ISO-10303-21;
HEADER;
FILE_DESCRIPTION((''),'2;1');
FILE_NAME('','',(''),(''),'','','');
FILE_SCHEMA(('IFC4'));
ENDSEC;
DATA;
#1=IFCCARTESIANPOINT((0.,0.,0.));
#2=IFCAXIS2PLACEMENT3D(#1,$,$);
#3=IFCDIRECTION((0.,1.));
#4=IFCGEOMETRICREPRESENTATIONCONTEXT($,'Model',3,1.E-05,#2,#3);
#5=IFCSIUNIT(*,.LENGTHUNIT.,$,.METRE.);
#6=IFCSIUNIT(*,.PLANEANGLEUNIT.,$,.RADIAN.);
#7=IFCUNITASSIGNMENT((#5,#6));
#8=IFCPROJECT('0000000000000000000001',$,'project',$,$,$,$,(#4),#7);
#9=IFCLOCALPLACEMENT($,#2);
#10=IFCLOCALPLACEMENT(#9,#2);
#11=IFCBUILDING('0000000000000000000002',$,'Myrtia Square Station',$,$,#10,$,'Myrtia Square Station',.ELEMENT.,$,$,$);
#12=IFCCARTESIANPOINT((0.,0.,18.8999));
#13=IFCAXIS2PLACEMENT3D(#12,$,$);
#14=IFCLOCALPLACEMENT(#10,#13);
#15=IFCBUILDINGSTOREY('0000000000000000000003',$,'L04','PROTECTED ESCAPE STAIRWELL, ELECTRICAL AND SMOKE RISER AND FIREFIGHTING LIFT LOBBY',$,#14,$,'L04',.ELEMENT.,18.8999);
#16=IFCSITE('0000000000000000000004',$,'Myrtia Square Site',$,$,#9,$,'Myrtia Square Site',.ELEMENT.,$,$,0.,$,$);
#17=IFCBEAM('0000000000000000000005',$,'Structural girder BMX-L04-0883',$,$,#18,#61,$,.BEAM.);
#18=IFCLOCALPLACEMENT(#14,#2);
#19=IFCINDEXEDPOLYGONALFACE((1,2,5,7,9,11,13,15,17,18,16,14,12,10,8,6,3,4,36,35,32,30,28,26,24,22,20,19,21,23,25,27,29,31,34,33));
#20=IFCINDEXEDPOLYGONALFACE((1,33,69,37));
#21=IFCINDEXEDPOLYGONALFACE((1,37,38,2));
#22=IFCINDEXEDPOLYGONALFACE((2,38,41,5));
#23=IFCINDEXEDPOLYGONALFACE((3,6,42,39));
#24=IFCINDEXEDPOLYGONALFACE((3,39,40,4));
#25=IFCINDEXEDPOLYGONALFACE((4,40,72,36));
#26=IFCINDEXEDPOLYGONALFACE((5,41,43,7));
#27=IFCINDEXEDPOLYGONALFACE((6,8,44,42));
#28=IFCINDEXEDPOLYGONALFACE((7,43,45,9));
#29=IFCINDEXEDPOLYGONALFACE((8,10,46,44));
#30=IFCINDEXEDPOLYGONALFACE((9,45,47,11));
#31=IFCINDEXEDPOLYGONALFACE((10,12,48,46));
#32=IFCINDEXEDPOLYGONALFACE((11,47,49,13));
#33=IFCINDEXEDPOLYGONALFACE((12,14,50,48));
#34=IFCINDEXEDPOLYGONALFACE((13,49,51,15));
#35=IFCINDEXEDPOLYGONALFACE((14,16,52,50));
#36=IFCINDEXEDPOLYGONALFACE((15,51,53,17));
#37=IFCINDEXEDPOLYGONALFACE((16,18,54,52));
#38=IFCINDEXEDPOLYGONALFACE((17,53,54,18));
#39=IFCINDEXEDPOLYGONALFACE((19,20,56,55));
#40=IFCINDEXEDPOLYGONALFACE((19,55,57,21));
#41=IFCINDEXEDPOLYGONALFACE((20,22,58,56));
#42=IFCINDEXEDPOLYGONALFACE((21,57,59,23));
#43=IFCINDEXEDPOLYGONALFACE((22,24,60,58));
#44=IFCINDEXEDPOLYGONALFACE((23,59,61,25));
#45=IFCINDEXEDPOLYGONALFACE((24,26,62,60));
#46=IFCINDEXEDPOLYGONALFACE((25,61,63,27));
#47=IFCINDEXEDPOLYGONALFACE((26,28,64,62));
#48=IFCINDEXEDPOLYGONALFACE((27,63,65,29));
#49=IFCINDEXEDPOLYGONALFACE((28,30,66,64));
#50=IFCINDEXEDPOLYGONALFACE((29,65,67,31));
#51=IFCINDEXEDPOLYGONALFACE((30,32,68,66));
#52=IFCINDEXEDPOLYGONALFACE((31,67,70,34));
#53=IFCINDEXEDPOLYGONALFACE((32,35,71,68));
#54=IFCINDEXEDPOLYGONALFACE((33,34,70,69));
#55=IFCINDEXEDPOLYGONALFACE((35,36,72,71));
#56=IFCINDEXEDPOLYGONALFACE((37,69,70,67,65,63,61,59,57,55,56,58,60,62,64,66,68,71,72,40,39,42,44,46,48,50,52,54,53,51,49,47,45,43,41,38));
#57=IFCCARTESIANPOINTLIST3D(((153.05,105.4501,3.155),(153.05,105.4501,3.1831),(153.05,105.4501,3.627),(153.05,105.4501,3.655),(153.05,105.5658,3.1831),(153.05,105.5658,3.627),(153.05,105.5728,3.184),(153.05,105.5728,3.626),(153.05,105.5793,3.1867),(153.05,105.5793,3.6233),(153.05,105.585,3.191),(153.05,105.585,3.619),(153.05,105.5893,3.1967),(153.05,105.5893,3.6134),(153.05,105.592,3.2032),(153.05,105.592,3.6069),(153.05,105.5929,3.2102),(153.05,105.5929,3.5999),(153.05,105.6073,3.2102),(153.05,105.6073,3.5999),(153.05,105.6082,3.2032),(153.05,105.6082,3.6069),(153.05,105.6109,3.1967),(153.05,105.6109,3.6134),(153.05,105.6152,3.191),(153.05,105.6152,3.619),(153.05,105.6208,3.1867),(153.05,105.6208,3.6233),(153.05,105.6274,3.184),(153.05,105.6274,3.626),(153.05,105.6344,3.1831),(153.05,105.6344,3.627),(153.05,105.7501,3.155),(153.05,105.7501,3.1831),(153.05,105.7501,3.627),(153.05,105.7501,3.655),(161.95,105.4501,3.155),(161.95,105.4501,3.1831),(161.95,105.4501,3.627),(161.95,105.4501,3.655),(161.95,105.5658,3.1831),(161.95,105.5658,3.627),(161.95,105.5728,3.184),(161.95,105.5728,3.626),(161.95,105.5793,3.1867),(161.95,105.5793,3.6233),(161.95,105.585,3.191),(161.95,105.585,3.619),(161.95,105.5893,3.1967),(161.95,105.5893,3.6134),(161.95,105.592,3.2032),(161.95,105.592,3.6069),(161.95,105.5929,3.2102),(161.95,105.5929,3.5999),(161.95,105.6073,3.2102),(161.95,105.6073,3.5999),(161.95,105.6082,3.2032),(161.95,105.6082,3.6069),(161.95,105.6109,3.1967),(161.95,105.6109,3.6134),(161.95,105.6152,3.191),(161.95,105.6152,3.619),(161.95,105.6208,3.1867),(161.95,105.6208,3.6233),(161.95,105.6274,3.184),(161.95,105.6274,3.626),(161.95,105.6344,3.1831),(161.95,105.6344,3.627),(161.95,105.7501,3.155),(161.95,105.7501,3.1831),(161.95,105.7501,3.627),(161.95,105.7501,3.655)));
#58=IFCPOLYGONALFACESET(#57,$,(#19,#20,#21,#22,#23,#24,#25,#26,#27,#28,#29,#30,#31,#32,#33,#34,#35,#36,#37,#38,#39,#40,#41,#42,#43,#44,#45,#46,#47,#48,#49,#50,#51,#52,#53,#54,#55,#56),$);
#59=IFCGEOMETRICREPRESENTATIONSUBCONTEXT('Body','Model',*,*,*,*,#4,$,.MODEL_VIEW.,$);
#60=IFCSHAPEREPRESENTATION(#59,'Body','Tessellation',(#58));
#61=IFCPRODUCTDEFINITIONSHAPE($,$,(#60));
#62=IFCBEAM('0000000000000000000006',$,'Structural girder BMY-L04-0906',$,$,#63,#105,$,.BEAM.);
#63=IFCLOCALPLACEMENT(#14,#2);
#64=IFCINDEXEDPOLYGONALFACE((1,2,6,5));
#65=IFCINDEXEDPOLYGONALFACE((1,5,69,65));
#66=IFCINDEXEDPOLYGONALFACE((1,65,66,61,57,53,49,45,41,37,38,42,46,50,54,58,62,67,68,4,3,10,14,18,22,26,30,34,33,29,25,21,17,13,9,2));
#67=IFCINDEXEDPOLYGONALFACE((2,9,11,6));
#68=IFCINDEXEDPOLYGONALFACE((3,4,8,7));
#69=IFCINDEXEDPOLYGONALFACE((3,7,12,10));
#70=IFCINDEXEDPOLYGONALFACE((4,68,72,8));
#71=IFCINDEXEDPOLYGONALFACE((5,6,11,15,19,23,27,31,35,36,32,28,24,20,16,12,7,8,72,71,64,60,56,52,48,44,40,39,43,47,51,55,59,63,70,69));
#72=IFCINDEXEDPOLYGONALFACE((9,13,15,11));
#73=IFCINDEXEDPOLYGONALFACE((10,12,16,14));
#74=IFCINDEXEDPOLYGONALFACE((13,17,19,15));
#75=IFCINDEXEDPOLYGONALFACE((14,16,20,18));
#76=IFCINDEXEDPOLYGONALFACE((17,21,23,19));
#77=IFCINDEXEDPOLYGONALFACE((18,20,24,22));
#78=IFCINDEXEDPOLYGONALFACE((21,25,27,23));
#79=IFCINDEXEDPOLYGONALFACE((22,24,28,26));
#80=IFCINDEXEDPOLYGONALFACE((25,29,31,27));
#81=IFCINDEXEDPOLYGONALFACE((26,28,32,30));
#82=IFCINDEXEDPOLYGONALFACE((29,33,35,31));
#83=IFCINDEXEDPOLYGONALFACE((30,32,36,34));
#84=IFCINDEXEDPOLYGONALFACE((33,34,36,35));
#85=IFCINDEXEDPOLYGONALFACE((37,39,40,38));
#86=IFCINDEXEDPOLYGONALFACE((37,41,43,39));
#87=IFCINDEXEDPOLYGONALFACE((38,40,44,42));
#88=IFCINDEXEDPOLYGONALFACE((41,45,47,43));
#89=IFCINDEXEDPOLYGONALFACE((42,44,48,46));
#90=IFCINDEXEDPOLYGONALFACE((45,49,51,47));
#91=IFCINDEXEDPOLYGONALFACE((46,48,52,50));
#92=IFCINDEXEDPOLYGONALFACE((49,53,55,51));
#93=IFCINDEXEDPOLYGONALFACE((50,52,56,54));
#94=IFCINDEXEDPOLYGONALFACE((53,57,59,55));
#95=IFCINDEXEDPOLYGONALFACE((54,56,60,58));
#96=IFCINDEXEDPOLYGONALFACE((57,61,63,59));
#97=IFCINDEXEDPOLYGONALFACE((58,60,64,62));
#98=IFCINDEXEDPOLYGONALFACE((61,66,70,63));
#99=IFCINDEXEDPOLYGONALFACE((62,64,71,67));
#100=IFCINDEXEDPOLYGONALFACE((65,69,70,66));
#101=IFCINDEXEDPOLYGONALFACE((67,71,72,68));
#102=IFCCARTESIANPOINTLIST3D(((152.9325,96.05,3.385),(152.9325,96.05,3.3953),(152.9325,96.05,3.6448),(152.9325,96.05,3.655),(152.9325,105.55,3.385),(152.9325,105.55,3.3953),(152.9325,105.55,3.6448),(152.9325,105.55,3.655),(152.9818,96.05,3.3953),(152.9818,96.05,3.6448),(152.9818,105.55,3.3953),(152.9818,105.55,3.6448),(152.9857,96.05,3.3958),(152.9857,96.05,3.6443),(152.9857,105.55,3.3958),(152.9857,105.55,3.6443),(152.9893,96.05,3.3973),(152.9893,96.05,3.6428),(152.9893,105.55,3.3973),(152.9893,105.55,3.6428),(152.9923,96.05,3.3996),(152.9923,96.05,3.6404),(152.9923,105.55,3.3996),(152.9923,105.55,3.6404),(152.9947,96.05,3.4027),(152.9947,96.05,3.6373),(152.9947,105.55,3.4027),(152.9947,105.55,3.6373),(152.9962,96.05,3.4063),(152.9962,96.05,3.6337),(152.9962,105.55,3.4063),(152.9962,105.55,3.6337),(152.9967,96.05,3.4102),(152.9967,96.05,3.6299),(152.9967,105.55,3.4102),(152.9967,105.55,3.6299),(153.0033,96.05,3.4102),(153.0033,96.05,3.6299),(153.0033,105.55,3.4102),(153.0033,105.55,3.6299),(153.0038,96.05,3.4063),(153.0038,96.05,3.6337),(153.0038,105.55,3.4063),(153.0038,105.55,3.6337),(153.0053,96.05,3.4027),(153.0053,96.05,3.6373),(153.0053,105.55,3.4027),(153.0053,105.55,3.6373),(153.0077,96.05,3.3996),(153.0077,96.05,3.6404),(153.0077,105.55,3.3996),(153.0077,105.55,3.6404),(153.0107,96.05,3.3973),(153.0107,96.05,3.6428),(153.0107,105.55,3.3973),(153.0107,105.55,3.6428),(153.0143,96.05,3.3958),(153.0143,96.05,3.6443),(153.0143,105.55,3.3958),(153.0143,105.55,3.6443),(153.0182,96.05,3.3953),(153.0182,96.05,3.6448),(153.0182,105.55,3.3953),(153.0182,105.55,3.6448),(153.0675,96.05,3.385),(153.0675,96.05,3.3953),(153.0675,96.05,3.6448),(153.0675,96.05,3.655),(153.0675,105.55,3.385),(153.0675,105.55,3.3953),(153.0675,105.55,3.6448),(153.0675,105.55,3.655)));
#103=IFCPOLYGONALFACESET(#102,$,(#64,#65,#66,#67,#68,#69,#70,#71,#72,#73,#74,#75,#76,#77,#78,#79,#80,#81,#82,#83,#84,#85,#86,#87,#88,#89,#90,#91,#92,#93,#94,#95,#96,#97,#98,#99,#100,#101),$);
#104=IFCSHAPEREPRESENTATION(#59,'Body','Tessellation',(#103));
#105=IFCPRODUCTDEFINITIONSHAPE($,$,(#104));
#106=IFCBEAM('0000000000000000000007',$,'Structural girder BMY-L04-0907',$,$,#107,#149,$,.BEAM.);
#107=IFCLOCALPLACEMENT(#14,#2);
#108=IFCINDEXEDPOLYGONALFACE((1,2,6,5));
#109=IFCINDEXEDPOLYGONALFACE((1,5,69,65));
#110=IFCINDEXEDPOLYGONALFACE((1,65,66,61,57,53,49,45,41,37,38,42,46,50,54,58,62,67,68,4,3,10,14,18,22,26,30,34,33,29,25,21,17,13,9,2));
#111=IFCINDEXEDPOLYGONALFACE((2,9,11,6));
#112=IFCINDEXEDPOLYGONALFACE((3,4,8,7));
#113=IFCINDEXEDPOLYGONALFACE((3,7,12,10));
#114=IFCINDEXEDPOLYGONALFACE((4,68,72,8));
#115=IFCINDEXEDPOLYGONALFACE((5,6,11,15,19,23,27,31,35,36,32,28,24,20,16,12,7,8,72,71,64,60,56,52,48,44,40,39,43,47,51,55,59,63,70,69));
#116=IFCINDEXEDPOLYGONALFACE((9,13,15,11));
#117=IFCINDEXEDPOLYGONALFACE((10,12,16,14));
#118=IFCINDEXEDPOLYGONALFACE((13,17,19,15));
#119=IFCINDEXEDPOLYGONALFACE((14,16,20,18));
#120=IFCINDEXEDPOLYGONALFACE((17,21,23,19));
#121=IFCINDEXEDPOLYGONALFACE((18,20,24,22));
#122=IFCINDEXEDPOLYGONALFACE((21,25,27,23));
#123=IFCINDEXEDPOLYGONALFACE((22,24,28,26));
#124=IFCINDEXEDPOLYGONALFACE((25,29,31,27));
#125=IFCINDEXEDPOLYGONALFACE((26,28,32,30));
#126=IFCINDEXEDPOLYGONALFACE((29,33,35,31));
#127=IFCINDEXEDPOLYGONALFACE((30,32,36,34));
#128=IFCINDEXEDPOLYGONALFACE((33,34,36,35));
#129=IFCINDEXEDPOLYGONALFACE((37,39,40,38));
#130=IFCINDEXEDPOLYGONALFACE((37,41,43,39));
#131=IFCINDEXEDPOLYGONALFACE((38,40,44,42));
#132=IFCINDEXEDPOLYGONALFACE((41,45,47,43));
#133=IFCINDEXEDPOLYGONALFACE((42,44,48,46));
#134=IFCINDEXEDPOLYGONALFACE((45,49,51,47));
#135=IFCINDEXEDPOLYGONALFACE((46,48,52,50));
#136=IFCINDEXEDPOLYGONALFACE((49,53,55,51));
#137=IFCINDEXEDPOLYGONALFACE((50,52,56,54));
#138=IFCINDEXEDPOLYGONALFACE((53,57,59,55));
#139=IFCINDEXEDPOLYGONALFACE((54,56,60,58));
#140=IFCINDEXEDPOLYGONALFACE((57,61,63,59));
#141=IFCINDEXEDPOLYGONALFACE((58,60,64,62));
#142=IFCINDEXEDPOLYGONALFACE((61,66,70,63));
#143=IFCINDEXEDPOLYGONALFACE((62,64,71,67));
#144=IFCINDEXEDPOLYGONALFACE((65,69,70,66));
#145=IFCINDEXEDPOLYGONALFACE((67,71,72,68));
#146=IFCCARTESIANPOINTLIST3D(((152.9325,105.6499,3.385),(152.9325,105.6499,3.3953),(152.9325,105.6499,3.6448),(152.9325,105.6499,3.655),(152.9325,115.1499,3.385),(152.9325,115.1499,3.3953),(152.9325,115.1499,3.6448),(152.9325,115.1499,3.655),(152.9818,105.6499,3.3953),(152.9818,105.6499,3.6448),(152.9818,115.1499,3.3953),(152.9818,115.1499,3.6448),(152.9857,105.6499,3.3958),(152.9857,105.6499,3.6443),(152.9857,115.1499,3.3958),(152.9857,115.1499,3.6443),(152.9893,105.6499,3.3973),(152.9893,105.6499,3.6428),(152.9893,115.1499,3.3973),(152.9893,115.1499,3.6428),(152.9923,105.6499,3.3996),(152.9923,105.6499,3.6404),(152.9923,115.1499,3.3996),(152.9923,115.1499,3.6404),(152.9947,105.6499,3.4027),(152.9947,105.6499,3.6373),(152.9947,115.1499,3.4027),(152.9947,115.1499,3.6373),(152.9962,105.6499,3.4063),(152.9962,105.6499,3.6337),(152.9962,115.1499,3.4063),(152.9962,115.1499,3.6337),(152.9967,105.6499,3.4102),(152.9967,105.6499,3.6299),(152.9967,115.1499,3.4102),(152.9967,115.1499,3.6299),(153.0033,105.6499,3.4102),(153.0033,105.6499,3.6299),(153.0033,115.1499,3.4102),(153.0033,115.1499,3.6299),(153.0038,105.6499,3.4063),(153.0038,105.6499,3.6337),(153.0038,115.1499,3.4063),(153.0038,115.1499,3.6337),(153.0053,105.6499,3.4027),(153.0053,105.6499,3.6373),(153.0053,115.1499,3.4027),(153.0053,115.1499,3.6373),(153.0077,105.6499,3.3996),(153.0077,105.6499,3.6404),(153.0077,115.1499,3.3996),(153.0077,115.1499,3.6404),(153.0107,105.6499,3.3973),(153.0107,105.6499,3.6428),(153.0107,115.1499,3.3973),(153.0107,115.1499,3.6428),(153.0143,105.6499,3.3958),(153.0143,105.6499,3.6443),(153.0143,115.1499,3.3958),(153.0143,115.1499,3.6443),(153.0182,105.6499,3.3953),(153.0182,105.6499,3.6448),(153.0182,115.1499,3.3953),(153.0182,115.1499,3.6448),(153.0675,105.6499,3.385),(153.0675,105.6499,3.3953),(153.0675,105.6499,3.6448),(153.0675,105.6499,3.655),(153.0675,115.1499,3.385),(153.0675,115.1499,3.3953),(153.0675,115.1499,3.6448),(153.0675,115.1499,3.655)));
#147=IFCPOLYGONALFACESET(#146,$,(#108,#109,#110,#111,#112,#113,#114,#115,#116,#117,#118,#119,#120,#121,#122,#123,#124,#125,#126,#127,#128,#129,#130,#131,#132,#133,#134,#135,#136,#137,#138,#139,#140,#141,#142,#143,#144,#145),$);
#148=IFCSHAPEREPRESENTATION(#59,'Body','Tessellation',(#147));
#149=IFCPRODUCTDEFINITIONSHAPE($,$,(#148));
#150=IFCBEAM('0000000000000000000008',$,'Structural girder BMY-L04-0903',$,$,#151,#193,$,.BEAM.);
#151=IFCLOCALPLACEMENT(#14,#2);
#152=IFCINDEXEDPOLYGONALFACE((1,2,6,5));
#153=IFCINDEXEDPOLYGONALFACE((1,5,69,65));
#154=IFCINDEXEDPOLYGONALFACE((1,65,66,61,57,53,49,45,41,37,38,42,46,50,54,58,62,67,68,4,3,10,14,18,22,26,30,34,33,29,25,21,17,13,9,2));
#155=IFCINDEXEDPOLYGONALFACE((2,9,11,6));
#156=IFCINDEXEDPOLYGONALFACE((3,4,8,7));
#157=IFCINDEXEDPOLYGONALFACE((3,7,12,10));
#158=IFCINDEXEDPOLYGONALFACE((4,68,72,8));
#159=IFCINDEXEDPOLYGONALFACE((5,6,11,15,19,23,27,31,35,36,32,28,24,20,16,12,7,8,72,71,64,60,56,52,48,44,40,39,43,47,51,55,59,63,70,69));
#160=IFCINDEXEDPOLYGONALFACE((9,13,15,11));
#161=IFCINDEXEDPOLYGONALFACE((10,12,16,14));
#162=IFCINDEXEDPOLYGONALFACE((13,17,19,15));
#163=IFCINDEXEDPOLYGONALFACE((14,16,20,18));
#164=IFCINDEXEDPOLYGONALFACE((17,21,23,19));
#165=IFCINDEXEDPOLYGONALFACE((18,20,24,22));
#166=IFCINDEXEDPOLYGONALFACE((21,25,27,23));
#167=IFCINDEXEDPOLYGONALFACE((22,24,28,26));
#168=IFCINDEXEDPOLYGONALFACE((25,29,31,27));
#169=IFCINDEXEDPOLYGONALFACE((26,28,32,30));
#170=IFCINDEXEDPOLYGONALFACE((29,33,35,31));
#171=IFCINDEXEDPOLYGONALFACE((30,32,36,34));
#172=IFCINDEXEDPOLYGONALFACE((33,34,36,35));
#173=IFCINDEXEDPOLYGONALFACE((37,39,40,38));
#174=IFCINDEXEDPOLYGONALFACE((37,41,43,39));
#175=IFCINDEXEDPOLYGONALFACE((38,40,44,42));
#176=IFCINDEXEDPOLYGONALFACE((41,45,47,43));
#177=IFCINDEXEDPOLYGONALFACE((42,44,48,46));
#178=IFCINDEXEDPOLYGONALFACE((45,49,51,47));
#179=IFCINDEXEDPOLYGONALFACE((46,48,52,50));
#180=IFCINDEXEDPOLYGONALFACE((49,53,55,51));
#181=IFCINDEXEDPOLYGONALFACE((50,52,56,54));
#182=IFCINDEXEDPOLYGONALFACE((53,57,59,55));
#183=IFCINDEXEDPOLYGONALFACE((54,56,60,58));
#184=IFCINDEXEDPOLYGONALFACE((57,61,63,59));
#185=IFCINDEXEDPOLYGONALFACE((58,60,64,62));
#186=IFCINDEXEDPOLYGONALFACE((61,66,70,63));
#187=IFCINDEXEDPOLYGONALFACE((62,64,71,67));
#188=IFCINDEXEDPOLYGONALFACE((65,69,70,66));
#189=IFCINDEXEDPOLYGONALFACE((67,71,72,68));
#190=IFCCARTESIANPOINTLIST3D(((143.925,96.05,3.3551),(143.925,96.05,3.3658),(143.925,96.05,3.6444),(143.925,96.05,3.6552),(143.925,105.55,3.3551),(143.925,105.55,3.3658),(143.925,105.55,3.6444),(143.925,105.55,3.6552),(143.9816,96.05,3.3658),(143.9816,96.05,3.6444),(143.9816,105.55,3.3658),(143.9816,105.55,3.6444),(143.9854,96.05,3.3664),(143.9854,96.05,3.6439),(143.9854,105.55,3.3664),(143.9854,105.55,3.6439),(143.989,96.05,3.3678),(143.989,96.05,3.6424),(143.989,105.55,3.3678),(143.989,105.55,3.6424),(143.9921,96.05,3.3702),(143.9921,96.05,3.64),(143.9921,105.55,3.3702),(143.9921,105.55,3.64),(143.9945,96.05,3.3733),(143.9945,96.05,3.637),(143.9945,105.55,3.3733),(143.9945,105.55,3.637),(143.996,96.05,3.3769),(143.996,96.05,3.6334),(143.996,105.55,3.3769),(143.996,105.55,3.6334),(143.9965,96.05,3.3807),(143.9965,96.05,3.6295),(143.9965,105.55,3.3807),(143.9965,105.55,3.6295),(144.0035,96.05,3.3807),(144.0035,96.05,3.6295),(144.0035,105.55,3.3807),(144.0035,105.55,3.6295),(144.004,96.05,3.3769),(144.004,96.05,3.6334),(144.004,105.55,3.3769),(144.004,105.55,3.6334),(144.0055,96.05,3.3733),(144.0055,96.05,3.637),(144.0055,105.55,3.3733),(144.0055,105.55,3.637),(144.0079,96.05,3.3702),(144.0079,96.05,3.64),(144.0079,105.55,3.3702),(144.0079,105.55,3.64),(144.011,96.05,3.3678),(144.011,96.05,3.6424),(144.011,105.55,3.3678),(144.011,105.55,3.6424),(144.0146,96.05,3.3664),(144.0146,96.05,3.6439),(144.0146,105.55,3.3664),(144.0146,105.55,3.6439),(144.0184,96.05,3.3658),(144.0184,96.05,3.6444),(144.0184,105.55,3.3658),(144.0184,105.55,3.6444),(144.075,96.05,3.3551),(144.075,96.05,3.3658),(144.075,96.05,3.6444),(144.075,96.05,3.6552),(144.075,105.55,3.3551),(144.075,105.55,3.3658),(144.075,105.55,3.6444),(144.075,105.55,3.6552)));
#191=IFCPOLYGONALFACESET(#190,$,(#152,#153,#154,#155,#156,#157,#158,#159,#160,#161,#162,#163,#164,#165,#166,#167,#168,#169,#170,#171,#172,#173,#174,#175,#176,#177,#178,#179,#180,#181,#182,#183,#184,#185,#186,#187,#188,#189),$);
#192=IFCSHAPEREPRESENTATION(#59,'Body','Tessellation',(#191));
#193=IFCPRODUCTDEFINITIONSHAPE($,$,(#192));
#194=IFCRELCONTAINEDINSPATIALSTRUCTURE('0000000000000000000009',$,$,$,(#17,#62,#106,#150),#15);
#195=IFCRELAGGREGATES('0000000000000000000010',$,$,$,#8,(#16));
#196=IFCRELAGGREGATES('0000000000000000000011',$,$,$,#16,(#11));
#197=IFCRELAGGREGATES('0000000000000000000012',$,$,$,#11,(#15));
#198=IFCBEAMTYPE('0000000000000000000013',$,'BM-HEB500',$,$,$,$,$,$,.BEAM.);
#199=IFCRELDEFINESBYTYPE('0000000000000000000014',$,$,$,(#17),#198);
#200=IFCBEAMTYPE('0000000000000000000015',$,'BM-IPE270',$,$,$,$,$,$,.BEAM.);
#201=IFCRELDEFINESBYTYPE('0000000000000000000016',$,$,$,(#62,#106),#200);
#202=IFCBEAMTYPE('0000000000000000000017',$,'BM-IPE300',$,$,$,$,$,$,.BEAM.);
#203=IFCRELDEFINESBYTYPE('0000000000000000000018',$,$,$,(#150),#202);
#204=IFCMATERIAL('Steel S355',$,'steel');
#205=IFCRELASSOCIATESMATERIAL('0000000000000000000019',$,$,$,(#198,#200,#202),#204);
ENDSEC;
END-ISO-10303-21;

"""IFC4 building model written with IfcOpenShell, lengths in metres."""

from ifc_helpers import new_model, si_unit, direction, frame, origin, origin_2d, place, context, subcontext, project, spatial, i_section, extrude, material, material_profile, profile_set, type_object, element, save


model = new_model("IFC4")

# Units and contexts
model_context = context("Model", 3, precision=1e-05, world=origin(), true_north=direction((0.0, 1.0)))
body_context = subcontext(model_context, "Body", "Model", "MODEL_VIEW")
ifc_project = project(units=[si_unit("LENGTHUNIT", "METRE"), si_unit("PLANEANGLEUNIT", "RADIAN")], contexts=[model_context])

# Site, building, storey
site_placement = place(None, origin())
site = spatial("IfcSite", under=ifc_project, at=site_placement, Name="Myrtia Square Site", LongName="Myrtia Square Site", CompositionType="ELEMENT", RefElevation=0.0)
building_placement = place(site_placement, origin())
building = spatial("IfcBuilding", under=site, at=building_placement, Name="Myrtia Square Station", LongName="Myrtia Square Station", CompositionType="ELEMENT")
storey_placement = place(building_placement, frame((0.0, 0.0, 18.8999)))
storey = spatial("IfcBuildingStorey", under=building, at=storey_placement, Name="L04", Description="PROTECTED ESCAPE STAIRWELL, ELECTRICAL AND SMOKE RISER AND FIREFIGHTING LIFT LOBBY", LongName="L04", CompositionType="ELEMENT", Elevation=18.8999)

# Shared definitions
ifc_material_1 = material(Name="Steel S355", Category="steel")

# Beams
ifc_material_profile_1 = material_profile(ifc_material_1, i_section(OverallWidth=0.3, OverallDepth=0.5, WebThickness=0.0144, FlangeThickness=0.0281, FilletRadius=0.0271, at=origin_2d()), Name="HEB 500")
ifc_profile_set_1 = profile_set([ifc_material_profile_1], Name="Steel S355")
beam_type_1 = type_object("IfcBeamType", Name="BM-HEB500", PredefinedType="BEAM", material=ifc_profile_set_1)
for number, where, z_axis, x_axis, name in (
    (1, (153.05, 105.6001, 3.405), (1.0, 0.0, 0.0), (0.0, 1.0, 0.0), "Structural girder BMX-L04-0883"),
):
    element("IfcBeam", number, at=place(storey_placement, frame(where, z_axis=z_axis, x_axis=x_axis)), inside=storey, type_object=beam_type_1, Name=name, PredefinedType="BEAM", context=body_context, shape_type="SweptSolid", body=[
        extrude(i_section(OverallWidth=0.3, OverallDepth=0.5, WebThickness=0.0144, FlangeThickness=0.0281, FilletRadius=0.0271, at=origin_2d()), origin(), (0.0, 0.0, 1.0), 8.8999),
    ])
ifc_material_profile_2 = material_profile(ifc_material_1, i_section(OverallWidth=0.135, OverallDepth=0.27, WebThickness=0.0066, FlangeThickness=0.0103, FilletRadius=0.0149, at=origin_2d()), Name="IPE 270")
ifc_profile_set_2 = profile_set([ifc_material_profile_2], Name="Steel S355")
beam_type_2 = type_object("IfcBeamType", Name="BM-IPE270", PredefinedType="BEAM", material=ifc_profile_set_2)
for number, where, z_axis, x_axis, name in (
    (2, (153.0, 96.05, 3.52), (0.0, 1.0, 0.0), (-1.0, 0.0, 0.0), "Structural girder BMY-L04-0906"),
    (3, (153.0, 105.6499, 3.52), (0.0, 1.0, 0.0), (-1.0, 0.0, 0.0), "Structural girder BMY-L04-0907"),
):
    element("IfcBeam", number, at=place(storey_placement, frame(where, z_axis=z_axis, x_axis=x_axis)), inside=storey, type_object=beam_type_2, Name=name, PredefinedType="BEAM", context=body_context, shape_type="SweptSolid", body=[
        extrude(i_section(OverallWidth=0.135, OverallDepth=0.27, WebThickness=0.0066, FlangeThickness=0.0103, FilletRadius=0.0149, at=origin_2d()), origin(), (0.0, 0.0, 1.0), 9.5),
    ])
ifc_material_profile_3 = material_profile(ifc_material_1, i_section(OverallWidth=0.1499, OverallDepth=0.3, WebThickness=0.0071, FlangeThickness=0.0107, FilletRadius=0.0149, at=origin_2d()), Name="IPE 300")
ifc_profile_set_3 = profile_set([ifc_material_profile_3], Name="Steel S355")
beam_type_3 = type_object("IfcBeamType", Name="BM-IPE300", PredefinedType="BEAM", material=ifc_profile_set_3)
for number, where, z_axis, x_axis, name in (
    (4, (144.0, 96.05, 3.5051), (0.0, 1.0, 0.0), (-1.0, 0.0, 0.0), "Structural girder BMY-L04-0903"),
):
    element("IfcBeam", number, at=place(storey_placement, frame(where, z_axis=z_axis, x_axis=x_axis)), inside=storey, type_object=beam_type_3, Name=name, PredefinedType="BEAM", context=body_context, shape_type="SweptSolid", body=[
        extrude(i_section(OverallWidth=0.1499, OverallDepth=0.3, WebThickness=0.0071, FlangeThickness=0.0107, FilletRadius=0.0149, at=origin_2d()), origin(), (0.0, 0.0, 1.0), 9.5),
    ])

save(model, "model.ifc")
